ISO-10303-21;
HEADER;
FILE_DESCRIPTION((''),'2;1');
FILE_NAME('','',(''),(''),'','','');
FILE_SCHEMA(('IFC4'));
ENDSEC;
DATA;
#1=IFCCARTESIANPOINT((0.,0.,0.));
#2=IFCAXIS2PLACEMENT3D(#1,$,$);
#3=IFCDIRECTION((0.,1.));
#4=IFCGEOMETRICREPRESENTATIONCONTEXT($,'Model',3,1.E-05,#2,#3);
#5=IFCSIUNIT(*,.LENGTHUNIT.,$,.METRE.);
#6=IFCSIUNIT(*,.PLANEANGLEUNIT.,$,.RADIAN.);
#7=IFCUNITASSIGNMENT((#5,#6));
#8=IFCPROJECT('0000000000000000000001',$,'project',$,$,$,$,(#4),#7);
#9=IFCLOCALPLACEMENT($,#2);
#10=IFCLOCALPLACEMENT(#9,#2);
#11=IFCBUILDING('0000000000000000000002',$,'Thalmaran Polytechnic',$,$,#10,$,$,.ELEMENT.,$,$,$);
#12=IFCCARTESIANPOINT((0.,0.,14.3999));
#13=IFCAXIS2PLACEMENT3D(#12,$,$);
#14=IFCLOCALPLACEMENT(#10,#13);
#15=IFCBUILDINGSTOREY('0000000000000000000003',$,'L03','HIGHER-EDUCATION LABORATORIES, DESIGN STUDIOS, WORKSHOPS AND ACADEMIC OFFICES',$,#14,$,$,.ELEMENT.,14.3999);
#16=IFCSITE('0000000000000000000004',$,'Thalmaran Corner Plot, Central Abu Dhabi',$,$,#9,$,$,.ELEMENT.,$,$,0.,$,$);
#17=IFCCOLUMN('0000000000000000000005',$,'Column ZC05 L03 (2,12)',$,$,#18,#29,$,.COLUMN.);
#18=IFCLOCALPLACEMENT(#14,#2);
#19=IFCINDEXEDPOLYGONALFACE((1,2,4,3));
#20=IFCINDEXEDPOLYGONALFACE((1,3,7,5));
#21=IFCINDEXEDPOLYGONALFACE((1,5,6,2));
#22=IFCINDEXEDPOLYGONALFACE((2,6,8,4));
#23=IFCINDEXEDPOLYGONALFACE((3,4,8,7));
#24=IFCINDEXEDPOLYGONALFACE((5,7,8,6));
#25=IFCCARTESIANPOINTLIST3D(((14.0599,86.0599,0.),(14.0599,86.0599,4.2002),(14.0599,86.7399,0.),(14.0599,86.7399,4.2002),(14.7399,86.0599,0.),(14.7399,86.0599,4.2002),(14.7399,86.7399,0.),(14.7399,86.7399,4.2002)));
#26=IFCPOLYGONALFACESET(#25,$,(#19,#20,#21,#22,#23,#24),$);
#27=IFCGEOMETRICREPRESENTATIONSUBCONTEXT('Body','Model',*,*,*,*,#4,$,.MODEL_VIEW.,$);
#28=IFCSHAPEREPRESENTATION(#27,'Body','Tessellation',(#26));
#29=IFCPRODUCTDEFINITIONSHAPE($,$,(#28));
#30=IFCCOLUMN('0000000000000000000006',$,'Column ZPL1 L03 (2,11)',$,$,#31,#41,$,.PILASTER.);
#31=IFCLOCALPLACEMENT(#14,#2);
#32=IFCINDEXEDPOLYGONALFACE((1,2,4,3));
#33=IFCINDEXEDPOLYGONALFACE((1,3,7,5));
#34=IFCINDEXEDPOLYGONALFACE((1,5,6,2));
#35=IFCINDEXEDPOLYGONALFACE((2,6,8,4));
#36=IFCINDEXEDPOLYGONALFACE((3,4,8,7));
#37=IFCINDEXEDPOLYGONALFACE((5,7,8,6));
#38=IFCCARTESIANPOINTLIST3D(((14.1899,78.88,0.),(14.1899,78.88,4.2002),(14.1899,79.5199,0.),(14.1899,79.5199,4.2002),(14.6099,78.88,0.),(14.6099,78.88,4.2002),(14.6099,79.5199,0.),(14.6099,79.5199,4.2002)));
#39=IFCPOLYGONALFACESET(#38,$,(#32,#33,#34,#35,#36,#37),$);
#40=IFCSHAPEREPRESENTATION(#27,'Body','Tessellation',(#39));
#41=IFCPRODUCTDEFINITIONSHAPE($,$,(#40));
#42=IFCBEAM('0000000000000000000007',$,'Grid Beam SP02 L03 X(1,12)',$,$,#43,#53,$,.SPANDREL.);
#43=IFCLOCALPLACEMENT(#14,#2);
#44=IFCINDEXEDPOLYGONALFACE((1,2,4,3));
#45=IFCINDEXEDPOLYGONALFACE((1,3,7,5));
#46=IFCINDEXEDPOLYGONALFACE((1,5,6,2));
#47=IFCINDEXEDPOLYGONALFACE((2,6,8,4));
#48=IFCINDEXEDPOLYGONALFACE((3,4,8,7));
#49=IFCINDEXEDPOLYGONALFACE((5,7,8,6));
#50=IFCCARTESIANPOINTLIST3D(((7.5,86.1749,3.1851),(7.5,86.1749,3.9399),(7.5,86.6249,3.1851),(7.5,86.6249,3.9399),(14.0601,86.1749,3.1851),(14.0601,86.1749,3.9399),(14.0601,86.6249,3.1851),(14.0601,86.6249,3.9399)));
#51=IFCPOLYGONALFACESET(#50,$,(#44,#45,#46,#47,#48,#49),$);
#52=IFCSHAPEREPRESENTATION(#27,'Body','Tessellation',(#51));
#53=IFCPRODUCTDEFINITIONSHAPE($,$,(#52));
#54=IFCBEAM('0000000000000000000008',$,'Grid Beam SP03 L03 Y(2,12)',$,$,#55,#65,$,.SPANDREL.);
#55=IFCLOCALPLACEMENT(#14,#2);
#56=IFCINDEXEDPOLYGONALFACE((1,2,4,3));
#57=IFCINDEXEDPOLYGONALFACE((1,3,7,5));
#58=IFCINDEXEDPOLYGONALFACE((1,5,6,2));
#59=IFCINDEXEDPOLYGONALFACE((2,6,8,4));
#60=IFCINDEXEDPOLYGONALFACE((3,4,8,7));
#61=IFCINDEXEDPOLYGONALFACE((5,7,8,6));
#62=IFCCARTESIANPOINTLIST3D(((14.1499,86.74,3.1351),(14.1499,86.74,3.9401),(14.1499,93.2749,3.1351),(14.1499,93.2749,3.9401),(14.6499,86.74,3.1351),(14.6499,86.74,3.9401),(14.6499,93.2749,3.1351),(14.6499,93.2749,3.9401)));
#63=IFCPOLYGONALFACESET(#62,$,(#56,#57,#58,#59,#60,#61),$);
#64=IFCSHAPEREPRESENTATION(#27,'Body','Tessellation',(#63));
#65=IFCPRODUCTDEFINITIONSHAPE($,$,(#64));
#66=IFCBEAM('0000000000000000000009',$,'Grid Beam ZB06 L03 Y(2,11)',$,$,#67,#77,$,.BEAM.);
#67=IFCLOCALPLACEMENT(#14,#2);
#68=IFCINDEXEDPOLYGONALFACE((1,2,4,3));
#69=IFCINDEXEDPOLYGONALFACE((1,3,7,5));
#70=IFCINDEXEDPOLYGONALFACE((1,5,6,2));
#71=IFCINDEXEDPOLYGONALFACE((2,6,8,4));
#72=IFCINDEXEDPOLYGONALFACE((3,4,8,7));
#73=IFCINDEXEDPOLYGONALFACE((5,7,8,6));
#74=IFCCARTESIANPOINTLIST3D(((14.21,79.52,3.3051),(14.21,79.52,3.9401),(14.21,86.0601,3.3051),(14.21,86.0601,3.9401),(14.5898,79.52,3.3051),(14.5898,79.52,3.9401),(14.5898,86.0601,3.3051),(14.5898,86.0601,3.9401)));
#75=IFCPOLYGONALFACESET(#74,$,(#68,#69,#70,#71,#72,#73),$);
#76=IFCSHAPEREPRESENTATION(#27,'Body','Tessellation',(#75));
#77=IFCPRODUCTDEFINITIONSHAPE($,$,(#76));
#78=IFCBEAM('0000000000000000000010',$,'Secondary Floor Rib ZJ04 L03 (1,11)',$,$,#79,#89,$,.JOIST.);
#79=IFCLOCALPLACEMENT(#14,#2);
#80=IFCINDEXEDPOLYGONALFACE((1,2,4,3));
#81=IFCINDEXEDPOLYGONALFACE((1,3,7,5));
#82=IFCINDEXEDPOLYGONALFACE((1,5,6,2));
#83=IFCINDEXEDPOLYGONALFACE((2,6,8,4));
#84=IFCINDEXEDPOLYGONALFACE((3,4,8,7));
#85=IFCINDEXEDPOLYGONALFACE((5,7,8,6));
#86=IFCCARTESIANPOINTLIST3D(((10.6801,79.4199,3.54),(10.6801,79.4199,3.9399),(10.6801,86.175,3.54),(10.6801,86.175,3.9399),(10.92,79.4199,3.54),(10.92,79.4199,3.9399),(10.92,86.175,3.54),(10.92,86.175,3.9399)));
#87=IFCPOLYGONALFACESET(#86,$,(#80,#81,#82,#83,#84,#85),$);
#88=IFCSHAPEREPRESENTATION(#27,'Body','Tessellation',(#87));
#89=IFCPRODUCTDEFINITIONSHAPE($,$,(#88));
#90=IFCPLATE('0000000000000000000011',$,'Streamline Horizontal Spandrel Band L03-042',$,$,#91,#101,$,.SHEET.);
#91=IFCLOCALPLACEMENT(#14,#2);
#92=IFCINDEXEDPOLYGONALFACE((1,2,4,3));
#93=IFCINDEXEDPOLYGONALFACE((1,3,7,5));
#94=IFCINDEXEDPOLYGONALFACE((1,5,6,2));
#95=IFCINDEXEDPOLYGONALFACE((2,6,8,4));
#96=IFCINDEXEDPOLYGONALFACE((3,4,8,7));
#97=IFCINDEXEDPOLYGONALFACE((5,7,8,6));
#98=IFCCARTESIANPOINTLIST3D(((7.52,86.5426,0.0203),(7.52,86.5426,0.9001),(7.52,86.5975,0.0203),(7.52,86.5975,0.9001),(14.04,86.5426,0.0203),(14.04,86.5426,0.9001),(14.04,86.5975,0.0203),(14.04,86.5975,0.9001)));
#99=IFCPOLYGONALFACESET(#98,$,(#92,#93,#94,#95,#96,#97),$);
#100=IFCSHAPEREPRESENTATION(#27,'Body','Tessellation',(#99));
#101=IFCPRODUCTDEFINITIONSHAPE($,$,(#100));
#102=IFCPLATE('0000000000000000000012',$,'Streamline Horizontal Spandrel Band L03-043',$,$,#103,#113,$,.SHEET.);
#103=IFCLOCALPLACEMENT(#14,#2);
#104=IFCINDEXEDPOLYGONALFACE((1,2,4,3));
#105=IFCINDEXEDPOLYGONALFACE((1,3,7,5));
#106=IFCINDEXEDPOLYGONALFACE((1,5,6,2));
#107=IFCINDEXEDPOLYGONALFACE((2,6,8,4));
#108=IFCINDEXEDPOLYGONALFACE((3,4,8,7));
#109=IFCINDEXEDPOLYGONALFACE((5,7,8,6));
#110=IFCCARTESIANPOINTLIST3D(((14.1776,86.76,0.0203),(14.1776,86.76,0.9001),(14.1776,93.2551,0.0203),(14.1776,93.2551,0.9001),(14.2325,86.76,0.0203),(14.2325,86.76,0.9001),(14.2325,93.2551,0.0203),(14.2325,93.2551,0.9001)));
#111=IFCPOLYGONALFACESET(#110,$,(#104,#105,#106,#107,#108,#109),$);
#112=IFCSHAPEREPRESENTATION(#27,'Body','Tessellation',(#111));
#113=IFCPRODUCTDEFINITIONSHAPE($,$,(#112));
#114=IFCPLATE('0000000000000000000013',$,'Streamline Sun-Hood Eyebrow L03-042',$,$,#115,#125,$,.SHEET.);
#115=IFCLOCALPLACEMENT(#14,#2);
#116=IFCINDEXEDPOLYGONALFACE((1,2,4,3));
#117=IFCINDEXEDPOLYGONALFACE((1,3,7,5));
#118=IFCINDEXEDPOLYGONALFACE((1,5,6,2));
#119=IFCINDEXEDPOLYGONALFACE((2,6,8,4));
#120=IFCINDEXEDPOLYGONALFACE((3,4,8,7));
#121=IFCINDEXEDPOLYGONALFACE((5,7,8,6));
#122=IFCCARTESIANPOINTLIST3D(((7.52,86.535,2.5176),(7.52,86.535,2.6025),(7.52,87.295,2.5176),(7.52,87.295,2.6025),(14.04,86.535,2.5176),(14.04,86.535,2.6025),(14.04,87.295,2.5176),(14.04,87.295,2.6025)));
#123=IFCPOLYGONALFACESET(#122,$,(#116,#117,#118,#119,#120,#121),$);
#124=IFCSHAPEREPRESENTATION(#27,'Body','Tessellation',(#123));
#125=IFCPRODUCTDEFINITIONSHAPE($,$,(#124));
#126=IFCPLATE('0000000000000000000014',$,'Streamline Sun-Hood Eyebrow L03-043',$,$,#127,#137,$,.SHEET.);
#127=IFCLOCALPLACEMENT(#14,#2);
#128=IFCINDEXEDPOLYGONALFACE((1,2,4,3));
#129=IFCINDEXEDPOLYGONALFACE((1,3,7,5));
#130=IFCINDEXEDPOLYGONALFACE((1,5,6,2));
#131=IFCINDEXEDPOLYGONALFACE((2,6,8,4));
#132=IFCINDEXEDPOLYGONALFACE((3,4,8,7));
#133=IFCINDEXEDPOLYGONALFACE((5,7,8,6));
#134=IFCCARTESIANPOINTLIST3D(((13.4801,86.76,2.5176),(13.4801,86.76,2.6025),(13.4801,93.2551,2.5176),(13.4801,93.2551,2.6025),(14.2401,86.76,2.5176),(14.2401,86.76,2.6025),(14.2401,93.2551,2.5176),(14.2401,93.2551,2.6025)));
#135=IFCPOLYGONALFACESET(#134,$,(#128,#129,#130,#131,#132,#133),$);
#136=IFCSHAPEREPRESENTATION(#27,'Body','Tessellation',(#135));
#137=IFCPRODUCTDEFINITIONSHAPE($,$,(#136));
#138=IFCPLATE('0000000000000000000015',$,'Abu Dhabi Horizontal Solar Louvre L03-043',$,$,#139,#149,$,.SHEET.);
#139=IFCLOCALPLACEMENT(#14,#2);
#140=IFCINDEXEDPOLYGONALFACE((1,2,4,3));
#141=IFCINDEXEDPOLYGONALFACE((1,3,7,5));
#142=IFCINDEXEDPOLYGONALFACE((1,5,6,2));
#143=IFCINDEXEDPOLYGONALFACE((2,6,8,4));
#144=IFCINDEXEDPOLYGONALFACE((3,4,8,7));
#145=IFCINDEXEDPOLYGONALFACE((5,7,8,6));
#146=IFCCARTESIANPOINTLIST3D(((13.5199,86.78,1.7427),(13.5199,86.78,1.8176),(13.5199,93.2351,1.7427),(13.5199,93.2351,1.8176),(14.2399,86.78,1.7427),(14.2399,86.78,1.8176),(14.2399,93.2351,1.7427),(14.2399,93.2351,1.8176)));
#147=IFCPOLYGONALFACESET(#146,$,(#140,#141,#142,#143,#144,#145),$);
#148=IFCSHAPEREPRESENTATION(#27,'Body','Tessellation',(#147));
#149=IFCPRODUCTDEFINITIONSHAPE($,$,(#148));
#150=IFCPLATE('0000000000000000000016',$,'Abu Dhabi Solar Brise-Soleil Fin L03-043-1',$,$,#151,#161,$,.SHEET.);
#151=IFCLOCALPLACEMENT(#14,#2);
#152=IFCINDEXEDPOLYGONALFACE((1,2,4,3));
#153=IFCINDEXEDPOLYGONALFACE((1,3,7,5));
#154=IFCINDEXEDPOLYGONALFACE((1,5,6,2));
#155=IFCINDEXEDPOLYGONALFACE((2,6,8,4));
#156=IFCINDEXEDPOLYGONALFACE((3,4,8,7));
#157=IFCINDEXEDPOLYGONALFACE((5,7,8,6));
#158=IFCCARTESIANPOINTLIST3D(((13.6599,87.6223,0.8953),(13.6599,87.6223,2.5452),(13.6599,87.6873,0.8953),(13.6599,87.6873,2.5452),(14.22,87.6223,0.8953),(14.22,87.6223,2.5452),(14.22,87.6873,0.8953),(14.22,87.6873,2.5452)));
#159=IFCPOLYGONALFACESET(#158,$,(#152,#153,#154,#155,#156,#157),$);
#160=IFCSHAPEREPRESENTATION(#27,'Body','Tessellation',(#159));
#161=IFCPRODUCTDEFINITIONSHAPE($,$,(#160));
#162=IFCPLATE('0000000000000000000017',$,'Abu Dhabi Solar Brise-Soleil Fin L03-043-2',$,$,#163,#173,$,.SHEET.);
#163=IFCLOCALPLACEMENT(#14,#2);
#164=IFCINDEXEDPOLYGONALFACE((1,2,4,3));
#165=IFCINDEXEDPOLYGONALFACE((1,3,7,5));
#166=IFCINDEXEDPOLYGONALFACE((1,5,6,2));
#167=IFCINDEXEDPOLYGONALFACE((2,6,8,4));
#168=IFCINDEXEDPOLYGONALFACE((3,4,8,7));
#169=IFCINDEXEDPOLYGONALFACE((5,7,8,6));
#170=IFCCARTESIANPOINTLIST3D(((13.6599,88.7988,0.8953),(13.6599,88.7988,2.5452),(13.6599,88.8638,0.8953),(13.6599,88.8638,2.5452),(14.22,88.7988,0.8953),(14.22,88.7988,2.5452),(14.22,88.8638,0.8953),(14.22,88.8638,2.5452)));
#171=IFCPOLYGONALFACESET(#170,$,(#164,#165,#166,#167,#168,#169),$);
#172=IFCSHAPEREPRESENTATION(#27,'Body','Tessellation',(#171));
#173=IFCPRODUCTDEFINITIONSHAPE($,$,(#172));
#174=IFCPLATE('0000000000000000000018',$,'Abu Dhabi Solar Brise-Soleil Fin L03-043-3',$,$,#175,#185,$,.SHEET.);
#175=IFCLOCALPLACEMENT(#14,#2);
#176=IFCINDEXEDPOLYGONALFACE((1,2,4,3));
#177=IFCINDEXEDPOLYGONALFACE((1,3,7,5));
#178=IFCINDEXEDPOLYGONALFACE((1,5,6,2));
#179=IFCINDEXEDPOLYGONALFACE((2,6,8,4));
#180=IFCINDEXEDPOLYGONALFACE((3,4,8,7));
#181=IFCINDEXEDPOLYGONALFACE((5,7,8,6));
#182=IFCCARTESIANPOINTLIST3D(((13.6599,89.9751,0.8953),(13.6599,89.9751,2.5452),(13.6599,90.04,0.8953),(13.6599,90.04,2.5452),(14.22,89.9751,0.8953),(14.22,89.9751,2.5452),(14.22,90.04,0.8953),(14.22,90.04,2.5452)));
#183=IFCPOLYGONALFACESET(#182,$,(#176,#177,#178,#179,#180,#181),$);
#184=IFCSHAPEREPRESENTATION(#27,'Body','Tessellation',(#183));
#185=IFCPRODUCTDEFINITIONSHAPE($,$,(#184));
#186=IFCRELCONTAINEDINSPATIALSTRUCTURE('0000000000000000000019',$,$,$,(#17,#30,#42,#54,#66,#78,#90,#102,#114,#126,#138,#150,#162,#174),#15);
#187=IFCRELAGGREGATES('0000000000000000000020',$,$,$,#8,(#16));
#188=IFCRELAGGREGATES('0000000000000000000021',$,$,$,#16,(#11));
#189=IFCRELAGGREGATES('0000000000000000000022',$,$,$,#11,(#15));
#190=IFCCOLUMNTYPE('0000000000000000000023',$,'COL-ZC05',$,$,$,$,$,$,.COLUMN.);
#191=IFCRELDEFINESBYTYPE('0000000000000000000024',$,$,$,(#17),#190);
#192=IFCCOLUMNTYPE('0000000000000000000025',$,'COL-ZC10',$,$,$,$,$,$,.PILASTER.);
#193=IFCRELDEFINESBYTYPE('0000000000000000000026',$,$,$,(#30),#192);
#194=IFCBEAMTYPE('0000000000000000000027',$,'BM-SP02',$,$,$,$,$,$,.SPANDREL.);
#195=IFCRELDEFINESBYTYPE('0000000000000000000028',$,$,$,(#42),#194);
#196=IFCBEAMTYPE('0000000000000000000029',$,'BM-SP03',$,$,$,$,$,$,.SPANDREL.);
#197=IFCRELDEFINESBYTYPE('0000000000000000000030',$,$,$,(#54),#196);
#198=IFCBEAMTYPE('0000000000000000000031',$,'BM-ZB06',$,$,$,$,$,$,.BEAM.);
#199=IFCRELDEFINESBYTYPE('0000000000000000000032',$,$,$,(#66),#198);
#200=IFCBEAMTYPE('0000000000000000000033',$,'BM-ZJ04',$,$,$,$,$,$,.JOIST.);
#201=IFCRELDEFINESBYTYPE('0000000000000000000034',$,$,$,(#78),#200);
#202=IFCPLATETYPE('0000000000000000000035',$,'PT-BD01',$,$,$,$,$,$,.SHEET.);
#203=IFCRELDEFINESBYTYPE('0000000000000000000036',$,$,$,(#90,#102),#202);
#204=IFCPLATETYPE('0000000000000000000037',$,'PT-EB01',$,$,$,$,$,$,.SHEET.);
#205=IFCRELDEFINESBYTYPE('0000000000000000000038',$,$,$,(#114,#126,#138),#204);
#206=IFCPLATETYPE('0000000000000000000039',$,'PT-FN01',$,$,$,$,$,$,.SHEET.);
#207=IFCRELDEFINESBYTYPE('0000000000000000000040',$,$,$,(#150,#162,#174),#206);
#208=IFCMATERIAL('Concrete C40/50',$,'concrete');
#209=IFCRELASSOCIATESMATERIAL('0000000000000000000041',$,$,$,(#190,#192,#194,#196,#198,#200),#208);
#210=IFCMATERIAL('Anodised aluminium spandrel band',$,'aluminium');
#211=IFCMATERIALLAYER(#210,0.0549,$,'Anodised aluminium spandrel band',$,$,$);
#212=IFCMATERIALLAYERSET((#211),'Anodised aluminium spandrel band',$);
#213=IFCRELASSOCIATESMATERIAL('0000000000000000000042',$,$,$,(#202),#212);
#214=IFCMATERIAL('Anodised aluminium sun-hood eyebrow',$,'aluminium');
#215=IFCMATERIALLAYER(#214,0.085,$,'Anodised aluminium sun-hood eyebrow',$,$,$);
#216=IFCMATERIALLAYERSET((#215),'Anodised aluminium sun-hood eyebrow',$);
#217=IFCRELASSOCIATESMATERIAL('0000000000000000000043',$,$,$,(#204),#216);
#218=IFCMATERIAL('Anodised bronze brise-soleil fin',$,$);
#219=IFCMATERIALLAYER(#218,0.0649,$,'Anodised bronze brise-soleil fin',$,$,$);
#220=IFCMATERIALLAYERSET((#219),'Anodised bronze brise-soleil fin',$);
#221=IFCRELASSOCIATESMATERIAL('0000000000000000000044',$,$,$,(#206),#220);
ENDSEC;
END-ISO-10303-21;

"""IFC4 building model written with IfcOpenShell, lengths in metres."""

from ifc_helpers import new_model, si_unit, direction, frame, origin, origin_2d, place, context, subcontext, project, spatial, rectangle, extrude, material, layer, layer_set, material_profile, profile_set, type_object, element, save


model = new_model("IFC4")

# Units and contexts
model_context = context("Model", 3, precision=1e-05, world=origin(), true_north=direction((0.0, 1.0)))
body_context = subcontext(model_context, "Body", "Model", "MODEL_VIEW")
ifc_project = project(units=[si_unit("LENGTHUNIT", "METRE"), si_unit("PLANEANGLEUNIT", "RADIAN")], contexts=[model_context])

# Site, building, storey
site_placement = place(None, origin())
site = spatial("IfcSite", under=ifc_project, at=site_placement, Name="Thalmaran Corner Plot, Central Abu Dhabi", CompositionType="ELEMENT", RefElevation=0.0)
building_placement = place(site_placement, origin())
building = spatial("IfcBuilding", under=site, at=building_placement, Name="Thalmaran Polytechnic", CompositionType="ELEMENT")
storey_placement = place(building_placement, frame((0.0, 0.0, 14.3999)))
storey = spatial("IfcBuildingStorey", under=building, at=storey_placement, Name="L03", Description="HIGHER-EDUCATION LABORATORIES, DESIGN STUDIOS, WORKSHOPS AND ACADEMIC OFFICES", CompositionType="ELEMENT", Elevation=14.3999)

# Columns
ifc_material_1 = material(Name="Concrete C40/50", Category="concrete")
ifc_material_profile_1 = material_profile(ifc_material_1, rectangle(XDim=0.6799, YDim=0.6799, at=origin_2d()), Name="RC 680x680")
ifc_profile_set_1 = profile_set([ifc_material_profile_1], Name="Concrete C40/50")
column_type_1 = type_object("IfcColumnType", Name="COL-ZC05", PredefinedType="COLUMN", material=ifc_profile_set_1)
column_1_placement = place(storey_placement, frame((14.3999, 86.3999, 0.0), z_axis=(0.0, 0.0, 1.0), x_axis=(1.0, 0.0, 0.0)))
element("IfcColumn", 1, at=column_1_placement, inside=storey, type_object=column_type_1, Name="Column ZC05 L03 (2,12)", PredefinedType="COLUMN", context=body_context, shape_type="SweptSolid", body=[
    extrude(rectangle(XDim=0.6799, YDim=0.6799, at=origin_2d()), origin(), (0.0, 0.0, 1.0), 4.2002),
])
ifc_material_profile_2 = material_profile(ifc_material_1, rectangle(XDim=0.4199, YDim=0.6399, at=origin_2d()), Name="RC 420x640")
ifc_profile_set_2 = profile_set([ifc_material_profile_2], Name="Concrete C40/50")
column_type_2 = type_object("IfcColumnType", Name="COL-ZC10", PredefinedType="PILASTER", material=ifc_profile_set_2)
column_2_placement = place(storey_placement, frame((14.3999, 79.2, 0.0), z_axis=(0.0, 0.0, 1.0), x_axis=(1.0, 0.0, 0.0)))
element("IfcColumn", 2, at=column_2_placement, inside=storey, type_object=column_type_2, Name="Column ZPL1 L03 (2,11)", PredefinedType="PILASTER", context=body_context, shape_type="SweptSolid", body=[
    extrude(rectangle(XDim=0.4199, YDim=0.6399, at=origin_2d()), origin(), (0.0, 0.0, 1.0), 4.2002),
])

# Beams
ifc_material_profile_3 = material_profile(ifc_material_1, rectangle(XDim=0.45, YDim=0.7549, at=origin_2d()), Name="RC 450x755")
ifc_profile_set_3 = profile_set([ifc_material_profile_3], Name="Concrete C40/50")
beam_type_1 = type_object("IfcBeamType", Name="BM-SP02", PredefinedType="SPANDREL", material=ifc_profile_set_3)
beam_1_placement = place(storey_placement, frame((7.5, 86.3999, 3.5625), z_axis=(1.0, 0.0, 0.0), x_axis=(0.0, 1.0, 0.0)))
element("IfcBeam", 3, at=beam_1_placement, inside=storey, type_object=beam_type_1, Name="Grid Beam SP02 L03 X(1,12)", PredefinedType="SPANDREL", context=body_context, shape_type="SweptSolid", body=[
    extrude(rectangle(XDim=0.45, YDim=0.7549, at=origin_2d()), origin(), (0.0, 0.0, 1.0), 6.5601),
])
ifc_material_profile_4 = material_profile(ifc_material_1, rectangle(XDim=0.5, YDim=0.8049, at=origin_2d()), Name="RC 500x805")
ifc_profile_set_4 = profile_set([ifc_material_profile_4], Name="Concrete C40/50")
beam_type_2 = type_object("IfcBeamType", Name="BM-SP03", PredefinedType="SPANDREL", material=ifc_profile_set_4)
beam_2_placement = place(storey_placement, frame((14.3999, 86.74, 3.5376), z_axis=(0.0, 1.0, 0.0), x_axis=(-1.0, 0.0, 0.0)))
element("IfcBeam", 4, at=beam_2_placement, inside=storey, type_object=beam_type_2, Name="Grid Beam SP03 L03 Y(2,12)", PredefinedType="SPANDREL", context=body_context, shape_type="SweptSolid", body=[
    extrude(rectangle(XDim=0.5, YDim=0.8049, at=origin_2d()), origin(), (0.0, 0.0, 1.0), 6.5349),
])
ifc_material_profile_5 = material_profile(ifc_material_1, rectangle(XDim=0.3799, YDim=0.635, at=origin_2d()), Name="RC 380x635")
ifc_profile_set_5 = profile_set([ifc_material_profile_5], Name="Concrete C40/50")
beam_type_3 = type_object("IfcBeamType", Name="BM-ZB06", PredefinedType="BEAM", material=ifc_profile_set_5)
beam_3_placement = place(storey_placement, frame((14.3999, 79.52, 3.6226), z_axis=(0.0, 1.0, 0.0), x_axis=(-1.0, 0.0, 0.0)))
element("IfcBeam", 5, at=beam_3_placement, inside=storey, type_object=beam_type_3, Name="Grid Beam ZB06 L03 Y(2,11)", PredefinedType="BEAM", context=body_context, shape_type="SweptSolid", body=[
    extrude(rectangle(XDim=0.3799, YDim=0.635, at=origin_2d()), origin(), (0.0, 0.0, 1.0), 6.54),
])
ifc_material_profile_6 = material_profile(ifc_material_1, rectangle(XDim=0.24, YDim=0.3999, at=origin_2d()), Name="RC 240x400")
ifc_profile_set_6 = profile_set([ifc_material_profile_6], Name="Concrete C40/50")
beam_type_4 = type_object("IfcBeamType", Name="BM-ZJ04", PredefinedType="JOIST", material=ifc_profile_set_6)
beam_4_placement = place(storey_placement, frame((10.8, 79.4199, 3.74), z_axis=(0.0, 1.0, 0.0), x_axis=(-1.0, 0.0, 0.0)))
element("IfcBeam", 6, at=beam_4_placement, inside=storey, type_object=beam_type_4, Name="Secondary Floor Rib ZJ04 L03 (1,11)", PredefinedType="JOIST", context=body_context, shape_type="SweptSolid", body=[
    extrude(rectangle(XDim=0.24, YDim=0.3999, at=origin_2d()), origin(), (0.0, 0.0, 1.0), 6.7551),
])

# Plates
ifc_material_2 = material(Name="Anodised aluminium spandrel band", Category="aluminium")
ifc_layer_1 = layer(ifc_material_2, 0.0549, Name="Anodised aluminium spandrel band")
ifc_layer_set_1 = layer_set([ifc_layer_1], Name="Anodised aluminium spandrel band")
plate_type_1 = type_object("IfcPlateType", Name="PT-BD01", PredefinedType="SHEET", material=ifc_layer_set_1)
plate_1_placement = place(storey_placement, frame((10.78, 86.5701, 0.0203), z_axis=(0.0, 0.0, 1.0), x_axis=(1.0, 0.0, 0.0)))
element("IfcPlate", 7, at=plate_1_placement, inside=storey, type_object=plate_type_1, Name="Streamline Horizontal Spandrel Band L03-042", PredefinedType="SHEET", context=body_context, shape_type="SweptSolid", body=[
    extrude(rectangle(XDim=6.52, YDim=0.0549, at=origin_2d()), origin(), (0.0, 0.0, 1.0), 0.8799),
])
plate_2_placement = place(storey_placement, frame((14.2051, 90.0076, 0.0203), z_axis=(0.0, 0.0, 1.0), x_axis=(0.0, 1.0, 0.0)))
element("IfcPlate", 8, at=plate_2_placement, inside=storey, type_object=plate_type_1, Name="Streamline Horizontal Spandrel Band L03-043", PredefinedType="SHEET", context=body_context, shape_type="SweptSolid", body=[
    extrude(rectangle(XDim=6.4951, YDim=0.0549, at=origin_2d()), origin(), (0.0, 0.0, 1.0), 0.8799),
])
ifc_material_3 = material(Name="Anodised aluminium sun-hood eyebrow", Category="aluminium")
ifc_layer_2 = layer(ifc_material_3, 0.085, Name="Anodised aluminium sun-hood eyebrow")
ifc_layer_set_2 = layer_set([ifc_layer_2], Name="Anodised aluminium sun-hood eyebrow")
plate_type_2 = type_object("IfcPlateType", Name="PT-EB01", PredefinedType="SHEET", material=ifc_layer_set_2)
plate_3_placement = place(storey_placement, frame((10.78, 86.915, 2.5176), z_axis=(0.0, 0.0, 1.0), x_axis=(1.0, 0.0, 0.0)))
element("IfcPlate", 9, at=plate_3_placement, inside=storey, type_object=plate_type_2, Name="Streamline Sun-Hood Eyebrow L03-042", PredefinedType="SHEET", context=body_context, shape_type="SweptSolid", body=[
    extrude(rectangle(XDim=6.52, YDim=0.76, at=origin_2d()), origin(), (0.0, 0.0, 1.0), 0.085),
])
plate_4_placement = place(storey_placement, frame((13.8601, 90.0076, 2.5176), z_axis=(0.0, 0.0, 1.0), x_axis=(0.0, 1.0, 0.0)))
element("IfcPlate", 10, at=plate_4_placement, inside=storey, type_object=plate_type_2, Name="Streamline Sun-Hood Eyebrow L03-043", PredefinedType="SHEET", context=body_context, shape_type="SweptSolid", body=[
    extrude(rectangle(XDim=6.4951, YDim=0.76, at=origin_2d()), origin(), (0.0, 0.0, 1.0), 0.085),
])
plate_5_placement = place(storey_placement, frame((13.8799, 90.0076, 1.7427), z_axis=(0.0, 0.0, 1.0), x_axis=(0.0, 1.0, 0.0)))
element("IfcPlate", 11, at=plate_5_placement, inside=storey, type_object=plate_type_2, Name="Abu Dhabi Horizontal Solar Louvre L03-043", PredefinedType="SHEET", context=body_context, shape_type="SweptSolid", body=[
    extrude(rectangle(XDim=6.4551, YDim=0.72, at=origin_2d()), origin(), (0.0, 0.0, 1.0), 0.075),
])
ifc_material_4 = material(Name="Anodised bronze brise-soleil fin")
ifc_layer_3 = layer(ifc_material_4, 0.0649, Name="Anodised bronze brise-soleil fin")
ifc_layer_set_3 = layer_set([ifc_layer_3], Name="Anodised bronze brise-soleil fin")
plate_type_3 = type_object("IfcPlateType", Name="PT-FN01", PredefinedType="SHEET", material=ifc_layer_set_3)
for number, where, z_axis, x_axis, name in (
    (12, (13.9399, 87.6548, 0.8953), (0.0, 0.0, 1.0), (0.0, 1.0, 0.0), "Abu Dhabi Solar Brise-Soleil Fin L03-043-1"),
    (13, (13.9399, 88.8313, 0.8953), (0.0, 0.0, 1.0), (0.0, 1.0, 0.0), "Abu Dhabi Solar Brise-Soleil Fin L03-043-2"),
    (14, (13.9399, 90.0076, 0.8953), (0.0, 0.0, 1.0), (0.0, 1.0, 0.0), "Abu Dhabi Solar Brise-Soleil Fin L03-043-3"),
):
    element("IfcPlate", number, at=place(storey_placement, frame(where, z_axis=z_axis, x_axis=x_axis)), inside=storey, type_object=plate_type_3, Name=name, PredefinedType="SHEET", context=body_context, shape_type="SweptSolid", body=[
        extrude(rectangle(XDim=0.0649, YDim=0.5601, at=origin_2d()), origin(), (0.0, 0.0, 1.0), 1.6499),
    ])

save(model, "model.ifc")
